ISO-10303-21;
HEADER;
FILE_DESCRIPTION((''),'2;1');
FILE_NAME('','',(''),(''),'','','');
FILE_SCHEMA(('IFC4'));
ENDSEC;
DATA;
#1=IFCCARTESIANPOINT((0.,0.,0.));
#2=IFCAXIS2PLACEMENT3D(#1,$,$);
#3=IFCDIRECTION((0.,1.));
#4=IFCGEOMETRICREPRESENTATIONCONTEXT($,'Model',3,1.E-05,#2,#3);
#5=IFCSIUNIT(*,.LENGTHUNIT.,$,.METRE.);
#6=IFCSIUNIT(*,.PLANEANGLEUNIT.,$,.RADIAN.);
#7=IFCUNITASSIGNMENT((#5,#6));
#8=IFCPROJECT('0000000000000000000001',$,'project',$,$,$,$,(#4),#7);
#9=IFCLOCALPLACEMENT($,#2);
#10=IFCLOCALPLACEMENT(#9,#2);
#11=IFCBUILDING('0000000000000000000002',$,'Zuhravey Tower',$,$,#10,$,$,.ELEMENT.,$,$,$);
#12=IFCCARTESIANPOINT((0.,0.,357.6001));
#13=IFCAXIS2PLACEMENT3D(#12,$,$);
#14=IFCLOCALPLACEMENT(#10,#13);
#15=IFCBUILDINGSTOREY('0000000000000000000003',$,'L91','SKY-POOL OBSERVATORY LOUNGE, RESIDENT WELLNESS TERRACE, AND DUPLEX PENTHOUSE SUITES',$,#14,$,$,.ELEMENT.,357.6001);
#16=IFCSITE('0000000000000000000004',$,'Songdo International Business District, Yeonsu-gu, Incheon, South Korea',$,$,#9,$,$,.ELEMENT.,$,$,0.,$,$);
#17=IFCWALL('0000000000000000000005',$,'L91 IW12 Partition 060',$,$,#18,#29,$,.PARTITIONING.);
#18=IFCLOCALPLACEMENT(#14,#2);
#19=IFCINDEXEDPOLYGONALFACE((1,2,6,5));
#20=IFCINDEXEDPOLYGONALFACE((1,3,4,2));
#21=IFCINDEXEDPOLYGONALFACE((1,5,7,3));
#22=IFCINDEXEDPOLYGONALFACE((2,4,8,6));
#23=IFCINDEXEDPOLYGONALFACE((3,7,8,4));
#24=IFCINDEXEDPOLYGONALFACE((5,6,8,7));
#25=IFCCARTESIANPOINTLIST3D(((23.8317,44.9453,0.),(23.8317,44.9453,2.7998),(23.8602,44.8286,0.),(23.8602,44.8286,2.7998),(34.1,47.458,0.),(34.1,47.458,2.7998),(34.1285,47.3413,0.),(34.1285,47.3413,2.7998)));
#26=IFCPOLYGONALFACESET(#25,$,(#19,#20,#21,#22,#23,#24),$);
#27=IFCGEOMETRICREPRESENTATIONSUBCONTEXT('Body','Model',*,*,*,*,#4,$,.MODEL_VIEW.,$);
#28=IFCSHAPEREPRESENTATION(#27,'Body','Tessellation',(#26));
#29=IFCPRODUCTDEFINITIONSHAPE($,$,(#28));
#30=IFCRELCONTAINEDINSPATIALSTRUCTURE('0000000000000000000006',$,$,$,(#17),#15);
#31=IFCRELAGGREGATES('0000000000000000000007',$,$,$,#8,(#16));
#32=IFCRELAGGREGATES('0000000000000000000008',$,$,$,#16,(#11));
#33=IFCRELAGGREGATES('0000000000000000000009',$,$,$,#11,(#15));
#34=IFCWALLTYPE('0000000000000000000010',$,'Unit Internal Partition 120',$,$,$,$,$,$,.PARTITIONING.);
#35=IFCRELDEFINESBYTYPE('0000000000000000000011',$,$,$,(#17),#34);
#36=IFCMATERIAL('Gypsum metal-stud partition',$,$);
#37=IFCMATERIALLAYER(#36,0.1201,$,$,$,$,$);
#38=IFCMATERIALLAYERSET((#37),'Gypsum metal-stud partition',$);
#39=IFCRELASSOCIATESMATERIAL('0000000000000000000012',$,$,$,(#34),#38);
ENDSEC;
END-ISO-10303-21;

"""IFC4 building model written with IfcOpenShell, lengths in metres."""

from ifc_helpers import new_model, si_unit, direction, frame, frame_2d, origin, place, context, subcontext, project, spatial, rectangle, extrude, material, layer, layer_set, type_object, element, save


model = new_model("IFC4")

# Units and contexts
model_context = context("Model", 3, precision=1e-05, world=origin(), true_north=direction((0.0, 1.0)))
body_context = subcontext(model_context, "Body", "Model", "MODEL_VIEW")
ifc_project = project(units=[si_unit("LENGTHUNIT", "METRE"), si_unit("PLANEANGLEUNIT", "RADIAN")], contexts=[model_context])

# Site, building, storey
site_placement = place(None, origin())
site = spatial("IfcSite", under=ifc_project, at=site_placement, Name="Songdo International Business District, Yeonsu-gu, Incheon, South Korea", CompositionType="ELEMENT", RefElevation=0.0)
building_placement = place(site_placement, origin())
building = spatial("IfcBuilding", under=site, at=building_placement, Name="Zuhravey Tower", CompositionType="ELEMENT")
storey_placement = place(building_placement, frame((0.0, 0.0, 357.6001)))
storey = spatial("IfcBuildingStorey", under=building, at=storey_placement, Name="L91", Description="SKY-POOL OBSERVATORY LOUNGE, RESIDENT WELLNESS TERRACE, AND DUPLEX PENTHOUSE SUITES", CompositionType="ELEMENT", Elevation=357.6001)

# Shared definitions
ifc_material_1 = material(Name="Gypsum metal-stud partition")
ifc_layer_1 = layer(ifc_material_1, 0.1201)
ifc_layer_set_1 = layer_set([ifc_layer_1], Name="Gypsum metal-stud partition")
wall_type_1 = type_object("IfcWallType", Name="Unit Internal Partition 120", PredefinedType="PARTITIONING", material=ifc_layer_set_1)

# Wall
wall_1_placement = place(storey_placement, frame((34.1143, 47.3997, 0.0), z_axis=(0.0, 0.0, 1.0), x_axis=(-0.971341, -0.237691, 0.0)))
element("IfcWall", 1, at=wall_1_placement, inside=storey, type_object=wall_type_1, Name="L91 IW12 Partition 060", PredefinedType="PARTITIONING", context=body_context, shape_type="SweptSolid", body=[
    extrude(rectangle(XDim=10.5713, YDim=0.1201, at=frame_2d((5.2856, 0.0))), origin(), (0.0, 0.0, 1.0), 2.7998),
])

save(model, "model.ifc")
